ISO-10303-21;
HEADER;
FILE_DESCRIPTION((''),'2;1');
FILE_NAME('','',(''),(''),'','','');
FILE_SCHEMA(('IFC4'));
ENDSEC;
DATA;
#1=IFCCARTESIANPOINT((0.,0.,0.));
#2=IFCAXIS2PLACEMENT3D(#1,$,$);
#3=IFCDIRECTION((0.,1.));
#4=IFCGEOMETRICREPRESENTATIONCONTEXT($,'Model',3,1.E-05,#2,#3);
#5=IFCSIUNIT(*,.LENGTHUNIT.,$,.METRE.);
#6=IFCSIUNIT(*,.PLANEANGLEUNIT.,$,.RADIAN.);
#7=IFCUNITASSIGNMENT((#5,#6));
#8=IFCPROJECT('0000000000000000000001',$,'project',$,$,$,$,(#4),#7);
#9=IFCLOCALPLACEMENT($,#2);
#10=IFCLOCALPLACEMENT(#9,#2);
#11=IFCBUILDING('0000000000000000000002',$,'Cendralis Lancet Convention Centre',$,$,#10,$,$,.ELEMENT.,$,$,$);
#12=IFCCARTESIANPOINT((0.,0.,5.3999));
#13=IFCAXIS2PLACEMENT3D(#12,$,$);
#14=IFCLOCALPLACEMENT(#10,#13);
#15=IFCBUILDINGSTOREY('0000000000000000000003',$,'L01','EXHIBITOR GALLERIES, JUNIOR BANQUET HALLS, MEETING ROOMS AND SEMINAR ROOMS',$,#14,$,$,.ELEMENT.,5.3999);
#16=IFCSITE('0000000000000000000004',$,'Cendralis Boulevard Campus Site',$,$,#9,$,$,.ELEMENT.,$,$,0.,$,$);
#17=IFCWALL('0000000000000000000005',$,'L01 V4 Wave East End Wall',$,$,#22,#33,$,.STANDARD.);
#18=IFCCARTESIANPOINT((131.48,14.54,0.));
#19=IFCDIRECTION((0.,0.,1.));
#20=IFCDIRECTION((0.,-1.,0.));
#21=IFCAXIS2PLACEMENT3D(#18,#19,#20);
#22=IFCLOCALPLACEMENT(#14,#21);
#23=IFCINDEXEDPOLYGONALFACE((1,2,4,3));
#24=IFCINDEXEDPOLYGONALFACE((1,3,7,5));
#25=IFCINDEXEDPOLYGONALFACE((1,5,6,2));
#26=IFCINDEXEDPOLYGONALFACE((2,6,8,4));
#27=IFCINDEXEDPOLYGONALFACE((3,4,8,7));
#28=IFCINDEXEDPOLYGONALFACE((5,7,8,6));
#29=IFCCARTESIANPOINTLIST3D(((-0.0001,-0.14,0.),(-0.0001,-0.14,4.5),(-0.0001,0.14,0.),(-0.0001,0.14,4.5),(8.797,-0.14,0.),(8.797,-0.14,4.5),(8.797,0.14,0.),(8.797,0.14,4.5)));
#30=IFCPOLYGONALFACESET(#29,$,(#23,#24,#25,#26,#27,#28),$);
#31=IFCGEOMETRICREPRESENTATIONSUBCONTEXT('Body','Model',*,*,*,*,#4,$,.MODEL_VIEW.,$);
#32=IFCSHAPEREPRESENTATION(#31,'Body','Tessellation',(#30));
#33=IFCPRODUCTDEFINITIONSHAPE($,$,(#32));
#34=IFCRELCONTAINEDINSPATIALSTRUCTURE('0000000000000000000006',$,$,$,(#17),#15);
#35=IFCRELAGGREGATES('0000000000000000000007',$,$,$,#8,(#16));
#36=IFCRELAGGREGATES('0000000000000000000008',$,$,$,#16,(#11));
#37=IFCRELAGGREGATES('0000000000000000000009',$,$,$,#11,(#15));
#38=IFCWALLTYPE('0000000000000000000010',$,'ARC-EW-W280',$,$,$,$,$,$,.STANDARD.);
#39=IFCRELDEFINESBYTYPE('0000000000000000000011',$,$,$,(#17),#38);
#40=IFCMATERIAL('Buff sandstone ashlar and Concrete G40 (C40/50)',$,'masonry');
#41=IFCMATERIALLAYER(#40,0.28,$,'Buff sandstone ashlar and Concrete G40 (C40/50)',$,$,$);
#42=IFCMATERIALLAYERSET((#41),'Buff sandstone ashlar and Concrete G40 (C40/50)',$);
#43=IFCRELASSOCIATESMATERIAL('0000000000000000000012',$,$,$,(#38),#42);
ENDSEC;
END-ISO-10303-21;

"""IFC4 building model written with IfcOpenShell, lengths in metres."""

from ifc_helpers import new_model, si_unit, direction, frame, frame_2d, origin, place, context, subcontext, project, spatial, rectangle, extrude, material, layer, layer_set, type_object, element, save


model = new_model("IFC4")

# Units and contexts
model_context = context("Model", 3, precision=1e-05, world=origin(), true_north=direction((0.0, 1.0)))
body_context = subcontext(model_context, "Body", "Model", "MODEL_VIEW")
ifc_project = project(units=[si_unit("LENGTHUNIT", "METRE"), si_unit("PLANEANGLEUNIT", "RADIAN")], contexts=[model_context])

# Site, building, storey
site_placement = place(None, origin())
site = spatial("IfcSite", under=ifc_project, at=site_placement, Name="Cendralis Boulevard Campus Site", CompositionType="ELEMENT", RefElevation=0.0)
building_placement = place(site_placement, origin())
building = spatial("IfcBuilding", under=site, at=building_placement, Name="Cendralis Lancet Convention Centre", CompositionType="ELEMENT")
storey_placement = place(building_placement, frame((0.0, 0.0, 5.3999)))
storey = spatial("IfcBuildingStorey", under=building, at=storey_placement, Name="L01", Description="EXHIBITOR GALLERIES, JUNIOR BANQUET HALLS, MEETING ROOMS AND SEMINAR ROOMS", CompositionType="ELEMENT", Elevation=5.3999)

# Wall
ifc_material_1 = material(Name="Buff sandstone ashlar and Concrete G40 (C40/50)", Category="masonry")
ifc_layer_1 = layer(ifc_material_1, 0.28, Name="Buff sandstone ashlar and Concrete G40 (C40/50)")
ifc_layer_set_1 = layer_set([ifc_layer_1], Name="Buff sandstone ashlar and Concrete G40 (C40/50)")
wall_type_1 = type_object("IfcWallType", Name="ARC-EW-W280", PredefinedType="STANDARD", material=ifc_layer_set_1)
wall_1_placement = place(storey_placement, frame((131.48, 14.54, 0.0), z_axis=(0.0, 0.0, 1.0), x_axis=(0.0, -1.0, 0.0)))
element("IfcWall", 1, at=wall_1_placement, inside=storey, type_object=wall_type_1, Name="L01 V4 Wave East End Wall", PredefinedType="STANDARD", context=body_context, shape_type="SweptSolid", body=[
    extrude(rectangle(XDim=8.7971, YDim=0.28, at=frame_2d((4.3984, 0.0))), origin(), (0.0, 0.0, 1.0), 4.5),
])

save(model, "model.ifc")
